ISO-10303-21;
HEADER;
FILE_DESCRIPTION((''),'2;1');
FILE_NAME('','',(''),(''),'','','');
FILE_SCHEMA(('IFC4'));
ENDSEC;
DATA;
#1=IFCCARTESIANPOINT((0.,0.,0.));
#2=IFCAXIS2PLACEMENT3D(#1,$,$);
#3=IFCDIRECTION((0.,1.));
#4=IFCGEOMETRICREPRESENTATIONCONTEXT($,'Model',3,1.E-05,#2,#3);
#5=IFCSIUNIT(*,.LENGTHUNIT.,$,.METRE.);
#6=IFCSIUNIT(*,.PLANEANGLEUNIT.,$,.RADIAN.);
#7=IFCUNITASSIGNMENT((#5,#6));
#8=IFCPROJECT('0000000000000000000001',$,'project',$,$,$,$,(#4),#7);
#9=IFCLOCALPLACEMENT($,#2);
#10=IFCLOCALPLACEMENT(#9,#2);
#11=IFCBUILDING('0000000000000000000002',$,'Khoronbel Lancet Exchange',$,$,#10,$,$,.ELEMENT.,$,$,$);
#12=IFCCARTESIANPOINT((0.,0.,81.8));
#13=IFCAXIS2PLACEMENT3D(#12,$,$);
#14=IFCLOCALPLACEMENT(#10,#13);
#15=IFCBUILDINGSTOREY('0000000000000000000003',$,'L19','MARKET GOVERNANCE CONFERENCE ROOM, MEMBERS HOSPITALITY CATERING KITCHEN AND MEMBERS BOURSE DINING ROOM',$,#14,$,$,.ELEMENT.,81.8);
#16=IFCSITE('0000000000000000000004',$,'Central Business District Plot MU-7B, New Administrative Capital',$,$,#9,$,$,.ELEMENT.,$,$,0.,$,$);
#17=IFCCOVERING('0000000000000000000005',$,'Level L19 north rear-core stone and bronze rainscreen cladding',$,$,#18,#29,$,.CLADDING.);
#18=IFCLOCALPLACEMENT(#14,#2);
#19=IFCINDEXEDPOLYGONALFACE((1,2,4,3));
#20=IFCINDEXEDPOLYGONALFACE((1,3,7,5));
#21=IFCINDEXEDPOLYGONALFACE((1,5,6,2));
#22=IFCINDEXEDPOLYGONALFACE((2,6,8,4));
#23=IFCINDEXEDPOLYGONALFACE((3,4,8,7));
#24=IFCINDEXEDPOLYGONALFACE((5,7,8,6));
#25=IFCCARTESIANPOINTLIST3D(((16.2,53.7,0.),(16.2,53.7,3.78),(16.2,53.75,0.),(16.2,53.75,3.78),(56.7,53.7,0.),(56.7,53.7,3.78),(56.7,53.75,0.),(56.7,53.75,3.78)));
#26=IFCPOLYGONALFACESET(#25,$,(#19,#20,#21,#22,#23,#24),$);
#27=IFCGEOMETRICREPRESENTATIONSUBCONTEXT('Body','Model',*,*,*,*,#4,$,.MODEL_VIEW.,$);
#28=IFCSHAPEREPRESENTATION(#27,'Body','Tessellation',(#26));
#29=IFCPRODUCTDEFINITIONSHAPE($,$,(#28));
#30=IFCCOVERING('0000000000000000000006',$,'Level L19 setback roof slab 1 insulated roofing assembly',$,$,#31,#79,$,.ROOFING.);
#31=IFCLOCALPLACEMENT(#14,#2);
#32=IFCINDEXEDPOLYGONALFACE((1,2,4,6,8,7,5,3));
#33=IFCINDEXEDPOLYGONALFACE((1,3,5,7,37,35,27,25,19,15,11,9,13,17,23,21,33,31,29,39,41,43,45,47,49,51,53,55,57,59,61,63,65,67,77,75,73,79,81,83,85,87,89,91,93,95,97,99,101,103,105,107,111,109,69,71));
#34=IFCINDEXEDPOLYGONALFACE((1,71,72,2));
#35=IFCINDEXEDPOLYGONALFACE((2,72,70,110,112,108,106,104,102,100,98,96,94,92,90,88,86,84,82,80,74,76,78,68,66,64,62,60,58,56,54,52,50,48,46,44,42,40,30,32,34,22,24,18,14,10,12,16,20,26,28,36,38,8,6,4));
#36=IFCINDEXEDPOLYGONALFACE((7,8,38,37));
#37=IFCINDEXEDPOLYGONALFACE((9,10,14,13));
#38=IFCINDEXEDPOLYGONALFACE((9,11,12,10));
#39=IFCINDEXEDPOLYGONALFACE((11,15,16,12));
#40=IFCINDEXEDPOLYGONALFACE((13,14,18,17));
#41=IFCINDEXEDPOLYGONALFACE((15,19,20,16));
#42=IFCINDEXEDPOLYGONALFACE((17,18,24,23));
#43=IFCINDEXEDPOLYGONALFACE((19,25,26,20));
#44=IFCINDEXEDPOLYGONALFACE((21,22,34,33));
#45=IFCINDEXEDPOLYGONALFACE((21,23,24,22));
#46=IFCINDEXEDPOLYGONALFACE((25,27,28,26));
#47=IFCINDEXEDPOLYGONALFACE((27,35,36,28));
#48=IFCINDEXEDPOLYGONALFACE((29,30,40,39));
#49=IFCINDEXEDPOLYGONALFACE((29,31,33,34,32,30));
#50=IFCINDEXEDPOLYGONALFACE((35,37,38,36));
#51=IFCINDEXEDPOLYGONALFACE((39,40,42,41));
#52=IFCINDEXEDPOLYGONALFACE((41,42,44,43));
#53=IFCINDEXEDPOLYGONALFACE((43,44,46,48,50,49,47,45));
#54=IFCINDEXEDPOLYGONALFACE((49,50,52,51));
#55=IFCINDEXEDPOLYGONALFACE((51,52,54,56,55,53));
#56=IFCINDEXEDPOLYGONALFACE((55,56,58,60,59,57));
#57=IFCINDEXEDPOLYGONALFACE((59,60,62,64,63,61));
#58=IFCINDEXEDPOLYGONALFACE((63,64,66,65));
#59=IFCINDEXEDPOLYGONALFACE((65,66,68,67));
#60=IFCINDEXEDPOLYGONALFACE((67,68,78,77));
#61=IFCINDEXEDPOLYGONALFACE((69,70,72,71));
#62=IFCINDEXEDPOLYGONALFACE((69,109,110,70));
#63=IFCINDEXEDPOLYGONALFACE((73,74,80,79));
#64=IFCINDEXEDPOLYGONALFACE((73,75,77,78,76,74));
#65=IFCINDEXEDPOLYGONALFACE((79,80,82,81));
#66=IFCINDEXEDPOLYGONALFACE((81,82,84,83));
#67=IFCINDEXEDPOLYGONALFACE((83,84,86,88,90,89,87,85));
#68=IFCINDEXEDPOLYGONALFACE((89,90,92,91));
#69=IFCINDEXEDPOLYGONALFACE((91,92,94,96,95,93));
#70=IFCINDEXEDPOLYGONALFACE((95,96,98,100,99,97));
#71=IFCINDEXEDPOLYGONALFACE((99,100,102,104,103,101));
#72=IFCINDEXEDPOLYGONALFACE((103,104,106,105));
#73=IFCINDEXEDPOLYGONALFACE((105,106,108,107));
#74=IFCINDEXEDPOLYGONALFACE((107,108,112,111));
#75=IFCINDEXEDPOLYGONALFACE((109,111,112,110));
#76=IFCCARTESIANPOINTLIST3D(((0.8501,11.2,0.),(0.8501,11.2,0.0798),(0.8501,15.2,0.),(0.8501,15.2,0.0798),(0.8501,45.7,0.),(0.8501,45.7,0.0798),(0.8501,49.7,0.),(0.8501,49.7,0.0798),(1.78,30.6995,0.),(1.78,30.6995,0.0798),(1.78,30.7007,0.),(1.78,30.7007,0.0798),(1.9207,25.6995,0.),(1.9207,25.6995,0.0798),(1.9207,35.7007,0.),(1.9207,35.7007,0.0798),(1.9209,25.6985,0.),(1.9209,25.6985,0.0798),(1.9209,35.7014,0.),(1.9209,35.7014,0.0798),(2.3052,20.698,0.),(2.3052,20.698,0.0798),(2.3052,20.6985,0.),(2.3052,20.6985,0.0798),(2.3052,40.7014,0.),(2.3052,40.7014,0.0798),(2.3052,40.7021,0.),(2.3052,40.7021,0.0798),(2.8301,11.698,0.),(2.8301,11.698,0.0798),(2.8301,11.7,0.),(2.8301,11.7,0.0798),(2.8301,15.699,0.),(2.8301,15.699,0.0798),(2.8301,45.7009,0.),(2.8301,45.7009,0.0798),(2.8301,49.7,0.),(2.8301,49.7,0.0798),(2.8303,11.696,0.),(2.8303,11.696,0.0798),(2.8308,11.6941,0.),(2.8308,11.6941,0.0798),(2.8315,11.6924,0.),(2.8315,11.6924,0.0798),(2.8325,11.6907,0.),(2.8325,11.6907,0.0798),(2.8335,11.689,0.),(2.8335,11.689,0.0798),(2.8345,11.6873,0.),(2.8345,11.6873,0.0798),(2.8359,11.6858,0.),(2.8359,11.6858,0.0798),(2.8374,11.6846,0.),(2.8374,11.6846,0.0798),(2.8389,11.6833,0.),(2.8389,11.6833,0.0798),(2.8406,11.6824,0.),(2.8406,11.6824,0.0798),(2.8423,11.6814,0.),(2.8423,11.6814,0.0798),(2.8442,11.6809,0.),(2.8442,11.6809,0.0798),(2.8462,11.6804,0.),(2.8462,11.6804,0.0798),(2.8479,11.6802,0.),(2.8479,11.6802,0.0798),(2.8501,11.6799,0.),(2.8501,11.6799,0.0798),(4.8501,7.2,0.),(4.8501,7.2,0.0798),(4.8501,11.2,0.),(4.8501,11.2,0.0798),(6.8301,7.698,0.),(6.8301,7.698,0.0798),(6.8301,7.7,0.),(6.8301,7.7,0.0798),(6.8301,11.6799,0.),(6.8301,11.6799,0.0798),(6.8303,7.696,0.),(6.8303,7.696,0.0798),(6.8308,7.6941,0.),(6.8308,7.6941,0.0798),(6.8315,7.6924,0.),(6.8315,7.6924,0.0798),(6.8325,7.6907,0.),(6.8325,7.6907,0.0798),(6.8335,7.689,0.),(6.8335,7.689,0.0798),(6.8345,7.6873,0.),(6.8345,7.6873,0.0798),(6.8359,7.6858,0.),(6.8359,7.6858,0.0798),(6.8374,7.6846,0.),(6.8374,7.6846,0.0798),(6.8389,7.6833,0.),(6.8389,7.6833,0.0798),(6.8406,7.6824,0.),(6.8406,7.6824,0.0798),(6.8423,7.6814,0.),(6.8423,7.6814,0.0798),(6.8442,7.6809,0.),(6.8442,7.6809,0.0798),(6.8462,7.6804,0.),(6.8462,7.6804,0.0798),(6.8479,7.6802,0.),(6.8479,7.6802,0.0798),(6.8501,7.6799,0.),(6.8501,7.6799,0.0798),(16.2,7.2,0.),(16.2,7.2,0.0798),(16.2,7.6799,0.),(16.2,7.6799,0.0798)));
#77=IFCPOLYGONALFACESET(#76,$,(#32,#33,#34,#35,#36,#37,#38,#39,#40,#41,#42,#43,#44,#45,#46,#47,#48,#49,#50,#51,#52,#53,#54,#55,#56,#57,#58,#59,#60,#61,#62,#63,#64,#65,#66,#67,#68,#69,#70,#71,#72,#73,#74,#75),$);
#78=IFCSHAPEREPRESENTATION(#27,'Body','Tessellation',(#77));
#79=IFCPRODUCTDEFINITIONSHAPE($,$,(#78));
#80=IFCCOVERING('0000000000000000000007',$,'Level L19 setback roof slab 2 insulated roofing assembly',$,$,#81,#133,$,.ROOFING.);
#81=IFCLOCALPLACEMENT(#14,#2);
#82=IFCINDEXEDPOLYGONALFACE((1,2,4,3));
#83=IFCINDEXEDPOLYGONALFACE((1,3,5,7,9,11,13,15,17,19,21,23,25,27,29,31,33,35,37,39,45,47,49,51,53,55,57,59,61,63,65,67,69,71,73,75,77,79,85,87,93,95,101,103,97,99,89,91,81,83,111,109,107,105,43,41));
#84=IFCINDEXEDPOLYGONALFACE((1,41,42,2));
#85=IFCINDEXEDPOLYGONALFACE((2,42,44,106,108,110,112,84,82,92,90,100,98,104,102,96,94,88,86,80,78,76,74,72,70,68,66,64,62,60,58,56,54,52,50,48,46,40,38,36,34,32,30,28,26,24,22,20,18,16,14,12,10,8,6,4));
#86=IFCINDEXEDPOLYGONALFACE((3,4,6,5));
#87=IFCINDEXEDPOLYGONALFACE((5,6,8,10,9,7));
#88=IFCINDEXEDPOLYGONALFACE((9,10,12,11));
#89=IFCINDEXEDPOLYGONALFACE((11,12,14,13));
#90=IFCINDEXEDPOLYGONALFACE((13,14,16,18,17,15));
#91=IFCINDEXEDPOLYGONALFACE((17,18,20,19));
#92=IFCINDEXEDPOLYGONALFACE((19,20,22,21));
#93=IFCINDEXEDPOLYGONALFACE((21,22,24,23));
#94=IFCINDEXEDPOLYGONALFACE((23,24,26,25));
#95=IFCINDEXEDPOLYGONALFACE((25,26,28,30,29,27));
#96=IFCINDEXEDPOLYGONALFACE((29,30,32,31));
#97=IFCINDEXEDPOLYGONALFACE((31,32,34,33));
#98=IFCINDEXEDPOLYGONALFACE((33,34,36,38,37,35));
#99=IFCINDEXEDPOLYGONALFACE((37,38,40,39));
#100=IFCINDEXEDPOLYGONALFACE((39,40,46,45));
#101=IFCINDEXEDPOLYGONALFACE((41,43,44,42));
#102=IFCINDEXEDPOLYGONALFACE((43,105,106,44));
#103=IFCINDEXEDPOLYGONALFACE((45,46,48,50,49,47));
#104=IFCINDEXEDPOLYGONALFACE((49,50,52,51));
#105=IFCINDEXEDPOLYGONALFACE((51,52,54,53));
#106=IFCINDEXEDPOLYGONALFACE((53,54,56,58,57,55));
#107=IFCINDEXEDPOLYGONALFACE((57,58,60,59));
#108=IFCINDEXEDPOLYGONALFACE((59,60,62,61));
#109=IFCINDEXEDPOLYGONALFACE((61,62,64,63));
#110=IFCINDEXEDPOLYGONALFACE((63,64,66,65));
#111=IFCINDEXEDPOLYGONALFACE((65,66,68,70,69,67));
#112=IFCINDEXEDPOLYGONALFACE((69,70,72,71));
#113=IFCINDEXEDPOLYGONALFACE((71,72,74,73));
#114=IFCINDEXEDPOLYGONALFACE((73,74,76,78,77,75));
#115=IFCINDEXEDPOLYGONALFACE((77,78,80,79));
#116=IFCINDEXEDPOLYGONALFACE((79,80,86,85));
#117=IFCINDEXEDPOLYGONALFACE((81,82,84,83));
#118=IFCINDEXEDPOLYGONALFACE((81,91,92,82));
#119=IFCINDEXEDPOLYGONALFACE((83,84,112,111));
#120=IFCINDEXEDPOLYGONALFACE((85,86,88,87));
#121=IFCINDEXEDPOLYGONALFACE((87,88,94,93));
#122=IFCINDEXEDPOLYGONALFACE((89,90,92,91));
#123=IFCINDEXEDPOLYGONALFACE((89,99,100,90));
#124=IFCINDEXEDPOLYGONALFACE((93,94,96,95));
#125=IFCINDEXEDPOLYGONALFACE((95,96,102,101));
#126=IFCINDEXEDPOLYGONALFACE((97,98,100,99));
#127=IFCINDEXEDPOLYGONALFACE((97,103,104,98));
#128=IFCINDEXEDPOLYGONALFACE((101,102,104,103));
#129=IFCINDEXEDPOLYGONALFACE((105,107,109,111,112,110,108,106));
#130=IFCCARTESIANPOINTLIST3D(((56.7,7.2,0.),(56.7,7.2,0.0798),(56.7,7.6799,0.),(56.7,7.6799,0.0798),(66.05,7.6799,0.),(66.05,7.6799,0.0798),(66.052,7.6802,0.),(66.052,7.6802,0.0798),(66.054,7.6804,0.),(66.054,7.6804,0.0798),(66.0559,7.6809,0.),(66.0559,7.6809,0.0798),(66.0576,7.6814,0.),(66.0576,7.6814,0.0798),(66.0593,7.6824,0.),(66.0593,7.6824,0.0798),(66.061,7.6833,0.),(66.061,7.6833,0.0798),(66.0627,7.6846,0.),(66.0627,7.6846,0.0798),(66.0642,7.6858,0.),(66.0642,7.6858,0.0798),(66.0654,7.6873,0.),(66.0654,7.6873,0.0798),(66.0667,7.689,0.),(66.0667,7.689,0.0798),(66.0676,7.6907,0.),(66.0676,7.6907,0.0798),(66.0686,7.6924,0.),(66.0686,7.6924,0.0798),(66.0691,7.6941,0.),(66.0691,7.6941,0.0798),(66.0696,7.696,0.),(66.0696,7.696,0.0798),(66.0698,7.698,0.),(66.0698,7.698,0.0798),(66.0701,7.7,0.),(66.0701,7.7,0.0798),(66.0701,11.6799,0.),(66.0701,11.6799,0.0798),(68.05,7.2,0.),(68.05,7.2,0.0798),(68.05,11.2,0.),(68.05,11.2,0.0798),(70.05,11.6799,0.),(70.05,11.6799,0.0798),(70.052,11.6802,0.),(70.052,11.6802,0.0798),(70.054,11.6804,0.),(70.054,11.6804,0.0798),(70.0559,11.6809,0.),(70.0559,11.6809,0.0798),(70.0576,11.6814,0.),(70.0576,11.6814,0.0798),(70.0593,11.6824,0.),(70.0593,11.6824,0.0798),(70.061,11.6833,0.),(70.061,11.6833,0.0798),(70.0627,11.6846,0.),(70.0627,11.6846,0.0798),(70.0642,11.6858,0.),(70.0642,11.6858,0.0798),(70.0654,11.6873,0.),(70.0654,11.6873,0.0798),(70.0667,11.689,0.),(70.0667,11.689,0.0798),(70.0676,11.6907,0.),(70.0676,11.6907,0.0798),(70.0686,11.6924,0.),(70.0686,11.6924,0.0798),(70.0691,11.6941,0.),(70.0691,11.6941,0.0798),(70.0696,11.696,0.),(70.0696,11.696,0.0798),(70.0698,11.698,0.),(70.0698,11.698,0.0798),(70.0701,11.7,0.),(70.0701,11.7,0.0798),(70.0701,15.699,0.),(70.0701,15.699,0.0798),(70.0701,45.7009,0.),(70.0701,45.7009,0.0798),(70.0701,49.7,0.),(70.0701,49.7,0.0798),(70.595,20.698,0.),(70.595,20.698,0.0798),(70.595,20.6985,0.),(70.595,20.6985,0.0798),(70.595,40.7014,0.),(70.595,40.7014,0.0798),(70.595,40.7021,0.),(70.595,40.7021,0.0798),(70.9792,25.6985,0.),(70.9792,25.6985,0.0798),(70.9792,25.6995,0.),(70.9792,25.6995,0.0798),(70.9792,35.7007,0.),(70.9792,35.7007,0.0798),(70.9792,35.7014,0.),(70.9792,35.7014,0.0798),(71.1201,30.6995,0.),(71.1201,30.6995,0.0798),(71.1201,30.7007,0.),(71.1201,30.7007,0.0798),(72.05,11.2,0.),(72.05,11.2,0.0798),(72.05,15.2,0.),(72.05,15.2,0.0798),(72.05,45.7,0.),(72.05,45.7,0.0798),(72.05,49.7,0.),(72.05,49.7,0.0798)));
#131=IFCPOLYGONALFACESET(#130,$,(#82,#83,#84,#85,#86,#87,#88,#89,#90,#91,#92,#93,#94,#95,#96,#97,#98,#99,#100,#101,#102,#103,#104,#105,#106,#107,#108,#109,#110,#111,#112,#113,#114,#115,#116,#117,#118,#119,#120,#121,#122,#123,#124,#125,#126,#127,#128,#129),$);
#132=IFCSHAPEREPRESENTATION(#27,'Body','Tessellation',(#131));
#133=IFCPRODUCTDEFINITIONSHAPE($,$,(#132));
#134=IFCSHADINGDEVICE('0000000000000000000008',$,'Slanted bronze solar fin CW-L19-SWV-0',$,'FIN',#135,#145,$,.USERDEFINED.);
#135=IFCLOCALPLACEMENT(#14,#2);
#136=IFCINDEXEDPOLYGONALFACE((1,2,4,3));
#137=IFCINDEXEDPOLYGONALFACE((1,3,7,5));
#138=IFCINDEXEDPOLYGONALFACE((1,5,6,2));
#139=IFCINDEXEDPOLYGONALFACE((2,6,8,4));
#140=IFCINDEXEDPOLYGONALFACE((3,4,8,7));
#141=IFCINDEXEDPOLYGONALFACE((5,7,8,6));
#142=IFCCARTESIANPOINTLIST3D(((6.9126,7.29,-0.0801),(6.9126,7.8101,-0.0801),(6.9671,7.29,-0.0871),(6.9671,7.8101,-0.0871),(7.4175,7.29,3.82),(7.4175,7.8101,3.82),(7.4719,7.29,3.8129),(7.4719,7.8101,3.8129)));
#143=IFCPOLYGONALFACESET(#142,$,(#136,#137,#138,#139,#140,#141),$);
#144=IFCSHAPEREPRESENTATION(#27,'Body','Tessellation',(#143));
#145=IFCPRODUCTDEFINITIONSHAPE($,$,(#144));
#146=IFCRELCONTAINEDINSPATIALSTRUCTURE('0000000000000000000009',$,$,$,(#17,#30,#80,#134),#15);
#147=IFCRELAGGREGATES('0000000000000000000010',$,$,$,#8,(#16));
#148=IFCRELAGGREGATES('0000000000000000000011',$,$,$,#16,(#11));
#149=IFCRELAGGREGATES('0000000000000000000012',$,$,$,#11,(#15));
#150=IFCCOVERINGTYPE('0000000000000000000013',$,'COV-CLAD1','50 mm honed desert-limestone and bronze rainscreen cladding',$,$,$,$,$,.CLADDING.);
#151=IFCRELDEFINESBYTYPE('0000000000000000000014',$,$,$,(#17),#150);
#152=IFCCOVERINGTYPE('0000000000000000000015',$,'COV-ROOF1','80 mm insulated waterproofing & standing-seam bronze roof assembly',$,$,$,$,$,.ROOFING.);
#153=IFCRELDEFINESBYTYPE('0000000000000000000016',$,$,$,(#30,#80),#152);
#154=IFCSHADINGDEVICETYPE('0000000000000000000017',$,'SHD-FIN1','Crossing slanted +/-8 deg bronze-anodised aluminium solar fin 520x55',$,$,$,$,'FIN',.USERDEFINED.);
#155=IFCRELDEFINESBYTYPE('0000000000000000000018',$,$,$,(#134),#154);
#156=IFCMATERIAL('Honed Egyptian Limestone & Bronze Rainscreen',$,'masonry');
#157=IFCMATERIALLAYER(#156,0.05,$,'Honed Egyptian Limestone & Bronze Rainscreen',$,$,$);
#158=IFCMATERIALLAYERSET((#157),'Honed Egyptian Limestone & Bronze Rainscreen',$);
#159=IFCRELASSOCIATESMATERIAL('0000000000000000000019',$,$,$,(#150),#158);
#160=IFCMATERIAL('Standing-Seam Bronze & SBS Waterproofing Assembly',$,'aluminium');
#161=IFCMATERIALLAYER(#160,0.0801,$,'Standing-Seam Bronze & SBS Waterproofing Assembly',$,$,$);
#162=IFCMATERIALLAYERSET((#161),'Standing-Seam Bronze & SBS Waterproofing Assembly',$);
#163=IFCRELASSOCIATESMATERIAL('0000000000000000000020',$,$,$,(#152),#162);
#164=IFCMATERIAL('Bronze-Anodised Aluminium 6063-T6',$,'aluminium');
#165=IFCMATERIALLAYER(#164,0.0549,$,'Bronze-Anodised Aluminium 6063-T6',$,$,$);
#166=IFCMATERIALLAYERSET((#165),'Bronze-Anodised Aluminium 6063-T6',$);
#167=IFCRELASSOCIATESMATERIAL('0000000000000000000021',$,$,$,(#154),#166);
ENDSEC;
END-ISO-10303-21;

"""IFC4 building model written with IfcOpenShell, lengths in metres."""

from ifc_helpers import new_model, si_unit, direction, frame, origin, place, context, subcontext, project, spatial, polyline, outline, extrude, material, layer, layer_set, type_object, element, save


model = new_model("IFC4")

# Units and contexts
model_context = context("Model", 3, precision=1e-05, world=origin(), true_north=direction((0.0, 1.0)))
body_context = subcontext(model_context, "Body", "Model", "MODEL_VIEW")
ifc_project = project(units=[si_unit("LENGTHUNIT", "METRE"), si_unit("PLANEANGLEUNIT", "RADIAN")], contexts=[model_context])

# Site, building, storey
site_placement = place(None, origin())
site = spatial("IfcSite", under=ifc_project, at=site_placement, Name="Central Business District Plot MU-7B, New Administrative Capital", CompositionType="ELEMENT", RefElevation=0.0)
building_placement = place(site_placement, origin())
building = spatial("IfcBuilding", under=site, at=building_placement, Name="Khoronbel Lancet Exchange", CompositionType="ELEMENT")
storey_placement = place(building_placement, frame((0.0, 0.0, 81.8)))
storey = spatial("IfcBuildingStorey", under=building, at=storey_placement, Name="L19", Description="MARKET GOVERNANCE CONFERENCE ROOM, MEMBERS HOSPITALITY CATERING KITCHEN AND MEMBERS BOURSE DINING ROOM", CompositionType="ELEMENT", Elevation=81.8)

# Shared definitions
ifc_material_1 = material(Name="Bronze-Anodised Aluminium 6063-T6", Category="aluminium")

# Coverings
ifc_material_2 = material(Name="Honed Egyptian Limestone & Bronze Rainscreen", Category="masonry")
ifc_layer_1 = layer(ifc_material_2, 0.05, Name="Honed Egyptian Limestone & Bronze Rainscreen")
ifc_layer_set_1 = layer_set([ifc_layer_1], Name="Honed Egyptian Limestone & Bronze Rainscreen")
covering_type_1 = type_object("IfcCoveringType", Name="COV-CLAD1", Description="50 mm honed desert-limestone and bronze rainscreen cladding", PredefinedType="CLADDING", material=ifc_layer_set_1)
covering_1_placement = place(storey_placement, origin())
element("IfcCovering", 1, at=covering_1_placement, inside=storey, type_object=covering_type_1, Name="Level L19 north rear-core stone and bronze rainscreen cladding", PredefinedType="CLADDING", context=body_context, shape_type="SweptSolid", body=[
    extrude(outline(polyline([(16.2, 53.7), (56.7, 53.7), (56.7, 53.75), (16.2, 53.75), (16.2, 53.7)])), origin(), (0.0, 0.0, 1.0), 3.78),
])
ifc_material_3 = material(Name="Standing-Seam Bronze & SBS Waterproofing Assembly", Category="aluminium")
ifc_layer_2 = layer(ifc_material_3, 0.0801, Name="Standing-Seam Bronze & SBS Waterproofing Assembly")
ifc_layer_set_2 = layer_set([ifc_layer_2], Name="Standing-Seam Bronze & SBS Waterproofing Assembly")
covering_type_2 = type_object("IfcCoveringType", Name="COV-ROOF1", Description="80 mm insulated waterproofing & standing-seam bronze roof assembly", PredefinedType="ROOFING", material=ifc_layer_set_2)
covering_2_placement = place(storey_placement, origin())
element("IfcCovering", 2, at=covering_2_placement, inside=storey, type_object=covering_type_2, Name="Level L19 setback roof slab 1 insulated roofing assembly", PredefinedType="ROOFING", context=body_context, shape_type="SweptSolid", body=[
    extrude(outline(polyline([(4.8501, 7.2), (4.8501, 11.2), (0.8501, 11.2), (0.8501, 15.2), (0.8501, 45.7), (0.8501, 49.7), (2.8301, 49.7), (2.8301, 45.7009), (2.3052, 40.7021), (2.3052, 40.7014), (1.9209, 35.7014), (1.9207, 35.7007), (1.78, 30.7007), (1.78, 30.6995), (1.9207, 25.6995), (1.9209, 25.6985), (2.3052, 20.6985), (2.3052, 20.698), (2.8301, 15.699), (2.8301, 11.7), (2.8301, 11.698), (2.8303, 11.696), (2.8308, 11.6941), (2.8315, 11.6924), (2.8325, 11.6907), (2.8335, 11.689), (2.8345, 11.6873), (2.8359, 11.6858), (2.8374, 11.6846), (2.8389, 11.6833), (2.8406, 11.6824), (2.8423, 11.6814), (2.8442, 11.6809), (2.8462, 11.6804), (2.8479, 11.6802), (2.8501, 11.6799), (6.8301, 11.6799), (6.8301, 7.7), (6.8301, 7.698), (6.8303, 7.696), (6.8308, 7.6941), (6.8315, 7.6924), (6.8325, 7.6907), (6.8335, 7.689), (6.8345, 7.6873), (6.8359, 7.6858), (6.8374, 7.6846), (6.8389, 7.6833), (6.8406, 7.6824), (6.8423, 7.6814), (6.8442, 7.6809), (6.8462, 7.6804), (6.8479, 7.6802), (6.8501, 7.6799), (16.2, 7.6799), (16.2, 7.2), (4.8501, 7.2)])), origin(), (0.0, 0.0, 1.0), 0.0798),
])
covering_3_placement = place(storey_placement, origin())
element("IfcCovering", 3, at=covering_3_placement, inside=storey, type_object=covering_type_2, Name="Level L19 setback roof slab 2 insulated roofing assembly", PredefinedType="ROOFING", context=body_context, shape_type="SweptSolid", body=[
    extrude(outline(polyline([(72.05, 45.7), (72.05, 15.2), (72.05, 11.2), (68.05, 11.2), (68.05, 7.2), (56.7, 7.2), (56.7, 7.6799), (66.05, 7.6799), (66.052, 7.6802), (66.054, 7.6804), (66.0559, 7.6809), (66.0576, 7.6814), (66.0593, 7.6824), (66.061, 7.6833), (66.0627, 7.6846), (66.0642, 7.6858), (66.0654, 7.6873), (66.0667, 7.689), (66.0676, 7.6907), (66.0686, 7.6924), (66.0691, 7.6941), (66.0696, 7.696), (66.0698, 7.698), (66.0701, 7.7), (66.0701, 11.6799), (70.05, 11.6799), (70.052, 11.6802), (70.054, 11.6804), (70.0559, 11.6809), (70.0576, 11.6814), (70.0593, 11.6824), (70.061, 11.6833), (70.0627, 11.6846), (70.0642, 11.6858), (70.0654, 11.6873), (70.0667, 11.689), (70.0676, 11.6907), (70.0686, 11.6924), (70.0691, 11.6941), (70.0696, 11.696), (70.0698, 11.698), (70.0701, 11.7), (70.0701, 15.699), (70.595, 20.698), (70.595, 20.6985), (70.9792, 25.6985), (70.9792, 25.6995), (71.1201, 30.6995), (71.1201, 30.7007), (70.9792, 35.7007), (70.9792, 35.7014), (70.595, 40.7014), (70.595, 40.7021), (70.0701, 45.7009), (70.0701, 49.7), (72.05, 49.7), (72.05, 45.7)])), origin(), (0.0, 0.0, 1.0), 0.0798),
])

# Shading device
ifc_layer_3 = layer(ifc_material_1, 0.0549, Name="Bronze-Anodised Aluminium 6063-T6")
ifc_layer_set_3 = layer_set([ifc_layer_3], Name="Bronze-Anodised Aluminium 6063-T6")
shading_device_type = type_object("IfcShadingDeviceType", Name="SHD-FIN1", Description="Crossing slanted +/-8 deg bronze-anodised aluminium solar fin 520x55", ElementType="FIN", PredefinedType="USERDEFINED", material=ifc_layer_set_3)
shading_device_placement = place(storey_placement, frame((6.9126, 7.8101, -0.0801), z_axis=(-0.991725, 0.0, 0.128381), x_axis=(0.0, -1.0, 0.0)))
element("IfcShadingDevice", 4, at=shading_device_placement, inside=storey, type_object=shading_device_type, Name="Slanted bronze solar fin CW-L19-SWV-0", ObjectType="FIN", PredefinedType="USERDEFINED", context=body_context, shape_type="SweptSolid", body=[
    extrude(outline(polyline([(0.0, 0.0), (0.52, 0.0), (0.52, 3.9326), (0.0, 3.9326), (0.0, 0.0)])), origin(), (0.0, 0.0, -1.0), 0.0549),
])

save(model, "model.ifc")
